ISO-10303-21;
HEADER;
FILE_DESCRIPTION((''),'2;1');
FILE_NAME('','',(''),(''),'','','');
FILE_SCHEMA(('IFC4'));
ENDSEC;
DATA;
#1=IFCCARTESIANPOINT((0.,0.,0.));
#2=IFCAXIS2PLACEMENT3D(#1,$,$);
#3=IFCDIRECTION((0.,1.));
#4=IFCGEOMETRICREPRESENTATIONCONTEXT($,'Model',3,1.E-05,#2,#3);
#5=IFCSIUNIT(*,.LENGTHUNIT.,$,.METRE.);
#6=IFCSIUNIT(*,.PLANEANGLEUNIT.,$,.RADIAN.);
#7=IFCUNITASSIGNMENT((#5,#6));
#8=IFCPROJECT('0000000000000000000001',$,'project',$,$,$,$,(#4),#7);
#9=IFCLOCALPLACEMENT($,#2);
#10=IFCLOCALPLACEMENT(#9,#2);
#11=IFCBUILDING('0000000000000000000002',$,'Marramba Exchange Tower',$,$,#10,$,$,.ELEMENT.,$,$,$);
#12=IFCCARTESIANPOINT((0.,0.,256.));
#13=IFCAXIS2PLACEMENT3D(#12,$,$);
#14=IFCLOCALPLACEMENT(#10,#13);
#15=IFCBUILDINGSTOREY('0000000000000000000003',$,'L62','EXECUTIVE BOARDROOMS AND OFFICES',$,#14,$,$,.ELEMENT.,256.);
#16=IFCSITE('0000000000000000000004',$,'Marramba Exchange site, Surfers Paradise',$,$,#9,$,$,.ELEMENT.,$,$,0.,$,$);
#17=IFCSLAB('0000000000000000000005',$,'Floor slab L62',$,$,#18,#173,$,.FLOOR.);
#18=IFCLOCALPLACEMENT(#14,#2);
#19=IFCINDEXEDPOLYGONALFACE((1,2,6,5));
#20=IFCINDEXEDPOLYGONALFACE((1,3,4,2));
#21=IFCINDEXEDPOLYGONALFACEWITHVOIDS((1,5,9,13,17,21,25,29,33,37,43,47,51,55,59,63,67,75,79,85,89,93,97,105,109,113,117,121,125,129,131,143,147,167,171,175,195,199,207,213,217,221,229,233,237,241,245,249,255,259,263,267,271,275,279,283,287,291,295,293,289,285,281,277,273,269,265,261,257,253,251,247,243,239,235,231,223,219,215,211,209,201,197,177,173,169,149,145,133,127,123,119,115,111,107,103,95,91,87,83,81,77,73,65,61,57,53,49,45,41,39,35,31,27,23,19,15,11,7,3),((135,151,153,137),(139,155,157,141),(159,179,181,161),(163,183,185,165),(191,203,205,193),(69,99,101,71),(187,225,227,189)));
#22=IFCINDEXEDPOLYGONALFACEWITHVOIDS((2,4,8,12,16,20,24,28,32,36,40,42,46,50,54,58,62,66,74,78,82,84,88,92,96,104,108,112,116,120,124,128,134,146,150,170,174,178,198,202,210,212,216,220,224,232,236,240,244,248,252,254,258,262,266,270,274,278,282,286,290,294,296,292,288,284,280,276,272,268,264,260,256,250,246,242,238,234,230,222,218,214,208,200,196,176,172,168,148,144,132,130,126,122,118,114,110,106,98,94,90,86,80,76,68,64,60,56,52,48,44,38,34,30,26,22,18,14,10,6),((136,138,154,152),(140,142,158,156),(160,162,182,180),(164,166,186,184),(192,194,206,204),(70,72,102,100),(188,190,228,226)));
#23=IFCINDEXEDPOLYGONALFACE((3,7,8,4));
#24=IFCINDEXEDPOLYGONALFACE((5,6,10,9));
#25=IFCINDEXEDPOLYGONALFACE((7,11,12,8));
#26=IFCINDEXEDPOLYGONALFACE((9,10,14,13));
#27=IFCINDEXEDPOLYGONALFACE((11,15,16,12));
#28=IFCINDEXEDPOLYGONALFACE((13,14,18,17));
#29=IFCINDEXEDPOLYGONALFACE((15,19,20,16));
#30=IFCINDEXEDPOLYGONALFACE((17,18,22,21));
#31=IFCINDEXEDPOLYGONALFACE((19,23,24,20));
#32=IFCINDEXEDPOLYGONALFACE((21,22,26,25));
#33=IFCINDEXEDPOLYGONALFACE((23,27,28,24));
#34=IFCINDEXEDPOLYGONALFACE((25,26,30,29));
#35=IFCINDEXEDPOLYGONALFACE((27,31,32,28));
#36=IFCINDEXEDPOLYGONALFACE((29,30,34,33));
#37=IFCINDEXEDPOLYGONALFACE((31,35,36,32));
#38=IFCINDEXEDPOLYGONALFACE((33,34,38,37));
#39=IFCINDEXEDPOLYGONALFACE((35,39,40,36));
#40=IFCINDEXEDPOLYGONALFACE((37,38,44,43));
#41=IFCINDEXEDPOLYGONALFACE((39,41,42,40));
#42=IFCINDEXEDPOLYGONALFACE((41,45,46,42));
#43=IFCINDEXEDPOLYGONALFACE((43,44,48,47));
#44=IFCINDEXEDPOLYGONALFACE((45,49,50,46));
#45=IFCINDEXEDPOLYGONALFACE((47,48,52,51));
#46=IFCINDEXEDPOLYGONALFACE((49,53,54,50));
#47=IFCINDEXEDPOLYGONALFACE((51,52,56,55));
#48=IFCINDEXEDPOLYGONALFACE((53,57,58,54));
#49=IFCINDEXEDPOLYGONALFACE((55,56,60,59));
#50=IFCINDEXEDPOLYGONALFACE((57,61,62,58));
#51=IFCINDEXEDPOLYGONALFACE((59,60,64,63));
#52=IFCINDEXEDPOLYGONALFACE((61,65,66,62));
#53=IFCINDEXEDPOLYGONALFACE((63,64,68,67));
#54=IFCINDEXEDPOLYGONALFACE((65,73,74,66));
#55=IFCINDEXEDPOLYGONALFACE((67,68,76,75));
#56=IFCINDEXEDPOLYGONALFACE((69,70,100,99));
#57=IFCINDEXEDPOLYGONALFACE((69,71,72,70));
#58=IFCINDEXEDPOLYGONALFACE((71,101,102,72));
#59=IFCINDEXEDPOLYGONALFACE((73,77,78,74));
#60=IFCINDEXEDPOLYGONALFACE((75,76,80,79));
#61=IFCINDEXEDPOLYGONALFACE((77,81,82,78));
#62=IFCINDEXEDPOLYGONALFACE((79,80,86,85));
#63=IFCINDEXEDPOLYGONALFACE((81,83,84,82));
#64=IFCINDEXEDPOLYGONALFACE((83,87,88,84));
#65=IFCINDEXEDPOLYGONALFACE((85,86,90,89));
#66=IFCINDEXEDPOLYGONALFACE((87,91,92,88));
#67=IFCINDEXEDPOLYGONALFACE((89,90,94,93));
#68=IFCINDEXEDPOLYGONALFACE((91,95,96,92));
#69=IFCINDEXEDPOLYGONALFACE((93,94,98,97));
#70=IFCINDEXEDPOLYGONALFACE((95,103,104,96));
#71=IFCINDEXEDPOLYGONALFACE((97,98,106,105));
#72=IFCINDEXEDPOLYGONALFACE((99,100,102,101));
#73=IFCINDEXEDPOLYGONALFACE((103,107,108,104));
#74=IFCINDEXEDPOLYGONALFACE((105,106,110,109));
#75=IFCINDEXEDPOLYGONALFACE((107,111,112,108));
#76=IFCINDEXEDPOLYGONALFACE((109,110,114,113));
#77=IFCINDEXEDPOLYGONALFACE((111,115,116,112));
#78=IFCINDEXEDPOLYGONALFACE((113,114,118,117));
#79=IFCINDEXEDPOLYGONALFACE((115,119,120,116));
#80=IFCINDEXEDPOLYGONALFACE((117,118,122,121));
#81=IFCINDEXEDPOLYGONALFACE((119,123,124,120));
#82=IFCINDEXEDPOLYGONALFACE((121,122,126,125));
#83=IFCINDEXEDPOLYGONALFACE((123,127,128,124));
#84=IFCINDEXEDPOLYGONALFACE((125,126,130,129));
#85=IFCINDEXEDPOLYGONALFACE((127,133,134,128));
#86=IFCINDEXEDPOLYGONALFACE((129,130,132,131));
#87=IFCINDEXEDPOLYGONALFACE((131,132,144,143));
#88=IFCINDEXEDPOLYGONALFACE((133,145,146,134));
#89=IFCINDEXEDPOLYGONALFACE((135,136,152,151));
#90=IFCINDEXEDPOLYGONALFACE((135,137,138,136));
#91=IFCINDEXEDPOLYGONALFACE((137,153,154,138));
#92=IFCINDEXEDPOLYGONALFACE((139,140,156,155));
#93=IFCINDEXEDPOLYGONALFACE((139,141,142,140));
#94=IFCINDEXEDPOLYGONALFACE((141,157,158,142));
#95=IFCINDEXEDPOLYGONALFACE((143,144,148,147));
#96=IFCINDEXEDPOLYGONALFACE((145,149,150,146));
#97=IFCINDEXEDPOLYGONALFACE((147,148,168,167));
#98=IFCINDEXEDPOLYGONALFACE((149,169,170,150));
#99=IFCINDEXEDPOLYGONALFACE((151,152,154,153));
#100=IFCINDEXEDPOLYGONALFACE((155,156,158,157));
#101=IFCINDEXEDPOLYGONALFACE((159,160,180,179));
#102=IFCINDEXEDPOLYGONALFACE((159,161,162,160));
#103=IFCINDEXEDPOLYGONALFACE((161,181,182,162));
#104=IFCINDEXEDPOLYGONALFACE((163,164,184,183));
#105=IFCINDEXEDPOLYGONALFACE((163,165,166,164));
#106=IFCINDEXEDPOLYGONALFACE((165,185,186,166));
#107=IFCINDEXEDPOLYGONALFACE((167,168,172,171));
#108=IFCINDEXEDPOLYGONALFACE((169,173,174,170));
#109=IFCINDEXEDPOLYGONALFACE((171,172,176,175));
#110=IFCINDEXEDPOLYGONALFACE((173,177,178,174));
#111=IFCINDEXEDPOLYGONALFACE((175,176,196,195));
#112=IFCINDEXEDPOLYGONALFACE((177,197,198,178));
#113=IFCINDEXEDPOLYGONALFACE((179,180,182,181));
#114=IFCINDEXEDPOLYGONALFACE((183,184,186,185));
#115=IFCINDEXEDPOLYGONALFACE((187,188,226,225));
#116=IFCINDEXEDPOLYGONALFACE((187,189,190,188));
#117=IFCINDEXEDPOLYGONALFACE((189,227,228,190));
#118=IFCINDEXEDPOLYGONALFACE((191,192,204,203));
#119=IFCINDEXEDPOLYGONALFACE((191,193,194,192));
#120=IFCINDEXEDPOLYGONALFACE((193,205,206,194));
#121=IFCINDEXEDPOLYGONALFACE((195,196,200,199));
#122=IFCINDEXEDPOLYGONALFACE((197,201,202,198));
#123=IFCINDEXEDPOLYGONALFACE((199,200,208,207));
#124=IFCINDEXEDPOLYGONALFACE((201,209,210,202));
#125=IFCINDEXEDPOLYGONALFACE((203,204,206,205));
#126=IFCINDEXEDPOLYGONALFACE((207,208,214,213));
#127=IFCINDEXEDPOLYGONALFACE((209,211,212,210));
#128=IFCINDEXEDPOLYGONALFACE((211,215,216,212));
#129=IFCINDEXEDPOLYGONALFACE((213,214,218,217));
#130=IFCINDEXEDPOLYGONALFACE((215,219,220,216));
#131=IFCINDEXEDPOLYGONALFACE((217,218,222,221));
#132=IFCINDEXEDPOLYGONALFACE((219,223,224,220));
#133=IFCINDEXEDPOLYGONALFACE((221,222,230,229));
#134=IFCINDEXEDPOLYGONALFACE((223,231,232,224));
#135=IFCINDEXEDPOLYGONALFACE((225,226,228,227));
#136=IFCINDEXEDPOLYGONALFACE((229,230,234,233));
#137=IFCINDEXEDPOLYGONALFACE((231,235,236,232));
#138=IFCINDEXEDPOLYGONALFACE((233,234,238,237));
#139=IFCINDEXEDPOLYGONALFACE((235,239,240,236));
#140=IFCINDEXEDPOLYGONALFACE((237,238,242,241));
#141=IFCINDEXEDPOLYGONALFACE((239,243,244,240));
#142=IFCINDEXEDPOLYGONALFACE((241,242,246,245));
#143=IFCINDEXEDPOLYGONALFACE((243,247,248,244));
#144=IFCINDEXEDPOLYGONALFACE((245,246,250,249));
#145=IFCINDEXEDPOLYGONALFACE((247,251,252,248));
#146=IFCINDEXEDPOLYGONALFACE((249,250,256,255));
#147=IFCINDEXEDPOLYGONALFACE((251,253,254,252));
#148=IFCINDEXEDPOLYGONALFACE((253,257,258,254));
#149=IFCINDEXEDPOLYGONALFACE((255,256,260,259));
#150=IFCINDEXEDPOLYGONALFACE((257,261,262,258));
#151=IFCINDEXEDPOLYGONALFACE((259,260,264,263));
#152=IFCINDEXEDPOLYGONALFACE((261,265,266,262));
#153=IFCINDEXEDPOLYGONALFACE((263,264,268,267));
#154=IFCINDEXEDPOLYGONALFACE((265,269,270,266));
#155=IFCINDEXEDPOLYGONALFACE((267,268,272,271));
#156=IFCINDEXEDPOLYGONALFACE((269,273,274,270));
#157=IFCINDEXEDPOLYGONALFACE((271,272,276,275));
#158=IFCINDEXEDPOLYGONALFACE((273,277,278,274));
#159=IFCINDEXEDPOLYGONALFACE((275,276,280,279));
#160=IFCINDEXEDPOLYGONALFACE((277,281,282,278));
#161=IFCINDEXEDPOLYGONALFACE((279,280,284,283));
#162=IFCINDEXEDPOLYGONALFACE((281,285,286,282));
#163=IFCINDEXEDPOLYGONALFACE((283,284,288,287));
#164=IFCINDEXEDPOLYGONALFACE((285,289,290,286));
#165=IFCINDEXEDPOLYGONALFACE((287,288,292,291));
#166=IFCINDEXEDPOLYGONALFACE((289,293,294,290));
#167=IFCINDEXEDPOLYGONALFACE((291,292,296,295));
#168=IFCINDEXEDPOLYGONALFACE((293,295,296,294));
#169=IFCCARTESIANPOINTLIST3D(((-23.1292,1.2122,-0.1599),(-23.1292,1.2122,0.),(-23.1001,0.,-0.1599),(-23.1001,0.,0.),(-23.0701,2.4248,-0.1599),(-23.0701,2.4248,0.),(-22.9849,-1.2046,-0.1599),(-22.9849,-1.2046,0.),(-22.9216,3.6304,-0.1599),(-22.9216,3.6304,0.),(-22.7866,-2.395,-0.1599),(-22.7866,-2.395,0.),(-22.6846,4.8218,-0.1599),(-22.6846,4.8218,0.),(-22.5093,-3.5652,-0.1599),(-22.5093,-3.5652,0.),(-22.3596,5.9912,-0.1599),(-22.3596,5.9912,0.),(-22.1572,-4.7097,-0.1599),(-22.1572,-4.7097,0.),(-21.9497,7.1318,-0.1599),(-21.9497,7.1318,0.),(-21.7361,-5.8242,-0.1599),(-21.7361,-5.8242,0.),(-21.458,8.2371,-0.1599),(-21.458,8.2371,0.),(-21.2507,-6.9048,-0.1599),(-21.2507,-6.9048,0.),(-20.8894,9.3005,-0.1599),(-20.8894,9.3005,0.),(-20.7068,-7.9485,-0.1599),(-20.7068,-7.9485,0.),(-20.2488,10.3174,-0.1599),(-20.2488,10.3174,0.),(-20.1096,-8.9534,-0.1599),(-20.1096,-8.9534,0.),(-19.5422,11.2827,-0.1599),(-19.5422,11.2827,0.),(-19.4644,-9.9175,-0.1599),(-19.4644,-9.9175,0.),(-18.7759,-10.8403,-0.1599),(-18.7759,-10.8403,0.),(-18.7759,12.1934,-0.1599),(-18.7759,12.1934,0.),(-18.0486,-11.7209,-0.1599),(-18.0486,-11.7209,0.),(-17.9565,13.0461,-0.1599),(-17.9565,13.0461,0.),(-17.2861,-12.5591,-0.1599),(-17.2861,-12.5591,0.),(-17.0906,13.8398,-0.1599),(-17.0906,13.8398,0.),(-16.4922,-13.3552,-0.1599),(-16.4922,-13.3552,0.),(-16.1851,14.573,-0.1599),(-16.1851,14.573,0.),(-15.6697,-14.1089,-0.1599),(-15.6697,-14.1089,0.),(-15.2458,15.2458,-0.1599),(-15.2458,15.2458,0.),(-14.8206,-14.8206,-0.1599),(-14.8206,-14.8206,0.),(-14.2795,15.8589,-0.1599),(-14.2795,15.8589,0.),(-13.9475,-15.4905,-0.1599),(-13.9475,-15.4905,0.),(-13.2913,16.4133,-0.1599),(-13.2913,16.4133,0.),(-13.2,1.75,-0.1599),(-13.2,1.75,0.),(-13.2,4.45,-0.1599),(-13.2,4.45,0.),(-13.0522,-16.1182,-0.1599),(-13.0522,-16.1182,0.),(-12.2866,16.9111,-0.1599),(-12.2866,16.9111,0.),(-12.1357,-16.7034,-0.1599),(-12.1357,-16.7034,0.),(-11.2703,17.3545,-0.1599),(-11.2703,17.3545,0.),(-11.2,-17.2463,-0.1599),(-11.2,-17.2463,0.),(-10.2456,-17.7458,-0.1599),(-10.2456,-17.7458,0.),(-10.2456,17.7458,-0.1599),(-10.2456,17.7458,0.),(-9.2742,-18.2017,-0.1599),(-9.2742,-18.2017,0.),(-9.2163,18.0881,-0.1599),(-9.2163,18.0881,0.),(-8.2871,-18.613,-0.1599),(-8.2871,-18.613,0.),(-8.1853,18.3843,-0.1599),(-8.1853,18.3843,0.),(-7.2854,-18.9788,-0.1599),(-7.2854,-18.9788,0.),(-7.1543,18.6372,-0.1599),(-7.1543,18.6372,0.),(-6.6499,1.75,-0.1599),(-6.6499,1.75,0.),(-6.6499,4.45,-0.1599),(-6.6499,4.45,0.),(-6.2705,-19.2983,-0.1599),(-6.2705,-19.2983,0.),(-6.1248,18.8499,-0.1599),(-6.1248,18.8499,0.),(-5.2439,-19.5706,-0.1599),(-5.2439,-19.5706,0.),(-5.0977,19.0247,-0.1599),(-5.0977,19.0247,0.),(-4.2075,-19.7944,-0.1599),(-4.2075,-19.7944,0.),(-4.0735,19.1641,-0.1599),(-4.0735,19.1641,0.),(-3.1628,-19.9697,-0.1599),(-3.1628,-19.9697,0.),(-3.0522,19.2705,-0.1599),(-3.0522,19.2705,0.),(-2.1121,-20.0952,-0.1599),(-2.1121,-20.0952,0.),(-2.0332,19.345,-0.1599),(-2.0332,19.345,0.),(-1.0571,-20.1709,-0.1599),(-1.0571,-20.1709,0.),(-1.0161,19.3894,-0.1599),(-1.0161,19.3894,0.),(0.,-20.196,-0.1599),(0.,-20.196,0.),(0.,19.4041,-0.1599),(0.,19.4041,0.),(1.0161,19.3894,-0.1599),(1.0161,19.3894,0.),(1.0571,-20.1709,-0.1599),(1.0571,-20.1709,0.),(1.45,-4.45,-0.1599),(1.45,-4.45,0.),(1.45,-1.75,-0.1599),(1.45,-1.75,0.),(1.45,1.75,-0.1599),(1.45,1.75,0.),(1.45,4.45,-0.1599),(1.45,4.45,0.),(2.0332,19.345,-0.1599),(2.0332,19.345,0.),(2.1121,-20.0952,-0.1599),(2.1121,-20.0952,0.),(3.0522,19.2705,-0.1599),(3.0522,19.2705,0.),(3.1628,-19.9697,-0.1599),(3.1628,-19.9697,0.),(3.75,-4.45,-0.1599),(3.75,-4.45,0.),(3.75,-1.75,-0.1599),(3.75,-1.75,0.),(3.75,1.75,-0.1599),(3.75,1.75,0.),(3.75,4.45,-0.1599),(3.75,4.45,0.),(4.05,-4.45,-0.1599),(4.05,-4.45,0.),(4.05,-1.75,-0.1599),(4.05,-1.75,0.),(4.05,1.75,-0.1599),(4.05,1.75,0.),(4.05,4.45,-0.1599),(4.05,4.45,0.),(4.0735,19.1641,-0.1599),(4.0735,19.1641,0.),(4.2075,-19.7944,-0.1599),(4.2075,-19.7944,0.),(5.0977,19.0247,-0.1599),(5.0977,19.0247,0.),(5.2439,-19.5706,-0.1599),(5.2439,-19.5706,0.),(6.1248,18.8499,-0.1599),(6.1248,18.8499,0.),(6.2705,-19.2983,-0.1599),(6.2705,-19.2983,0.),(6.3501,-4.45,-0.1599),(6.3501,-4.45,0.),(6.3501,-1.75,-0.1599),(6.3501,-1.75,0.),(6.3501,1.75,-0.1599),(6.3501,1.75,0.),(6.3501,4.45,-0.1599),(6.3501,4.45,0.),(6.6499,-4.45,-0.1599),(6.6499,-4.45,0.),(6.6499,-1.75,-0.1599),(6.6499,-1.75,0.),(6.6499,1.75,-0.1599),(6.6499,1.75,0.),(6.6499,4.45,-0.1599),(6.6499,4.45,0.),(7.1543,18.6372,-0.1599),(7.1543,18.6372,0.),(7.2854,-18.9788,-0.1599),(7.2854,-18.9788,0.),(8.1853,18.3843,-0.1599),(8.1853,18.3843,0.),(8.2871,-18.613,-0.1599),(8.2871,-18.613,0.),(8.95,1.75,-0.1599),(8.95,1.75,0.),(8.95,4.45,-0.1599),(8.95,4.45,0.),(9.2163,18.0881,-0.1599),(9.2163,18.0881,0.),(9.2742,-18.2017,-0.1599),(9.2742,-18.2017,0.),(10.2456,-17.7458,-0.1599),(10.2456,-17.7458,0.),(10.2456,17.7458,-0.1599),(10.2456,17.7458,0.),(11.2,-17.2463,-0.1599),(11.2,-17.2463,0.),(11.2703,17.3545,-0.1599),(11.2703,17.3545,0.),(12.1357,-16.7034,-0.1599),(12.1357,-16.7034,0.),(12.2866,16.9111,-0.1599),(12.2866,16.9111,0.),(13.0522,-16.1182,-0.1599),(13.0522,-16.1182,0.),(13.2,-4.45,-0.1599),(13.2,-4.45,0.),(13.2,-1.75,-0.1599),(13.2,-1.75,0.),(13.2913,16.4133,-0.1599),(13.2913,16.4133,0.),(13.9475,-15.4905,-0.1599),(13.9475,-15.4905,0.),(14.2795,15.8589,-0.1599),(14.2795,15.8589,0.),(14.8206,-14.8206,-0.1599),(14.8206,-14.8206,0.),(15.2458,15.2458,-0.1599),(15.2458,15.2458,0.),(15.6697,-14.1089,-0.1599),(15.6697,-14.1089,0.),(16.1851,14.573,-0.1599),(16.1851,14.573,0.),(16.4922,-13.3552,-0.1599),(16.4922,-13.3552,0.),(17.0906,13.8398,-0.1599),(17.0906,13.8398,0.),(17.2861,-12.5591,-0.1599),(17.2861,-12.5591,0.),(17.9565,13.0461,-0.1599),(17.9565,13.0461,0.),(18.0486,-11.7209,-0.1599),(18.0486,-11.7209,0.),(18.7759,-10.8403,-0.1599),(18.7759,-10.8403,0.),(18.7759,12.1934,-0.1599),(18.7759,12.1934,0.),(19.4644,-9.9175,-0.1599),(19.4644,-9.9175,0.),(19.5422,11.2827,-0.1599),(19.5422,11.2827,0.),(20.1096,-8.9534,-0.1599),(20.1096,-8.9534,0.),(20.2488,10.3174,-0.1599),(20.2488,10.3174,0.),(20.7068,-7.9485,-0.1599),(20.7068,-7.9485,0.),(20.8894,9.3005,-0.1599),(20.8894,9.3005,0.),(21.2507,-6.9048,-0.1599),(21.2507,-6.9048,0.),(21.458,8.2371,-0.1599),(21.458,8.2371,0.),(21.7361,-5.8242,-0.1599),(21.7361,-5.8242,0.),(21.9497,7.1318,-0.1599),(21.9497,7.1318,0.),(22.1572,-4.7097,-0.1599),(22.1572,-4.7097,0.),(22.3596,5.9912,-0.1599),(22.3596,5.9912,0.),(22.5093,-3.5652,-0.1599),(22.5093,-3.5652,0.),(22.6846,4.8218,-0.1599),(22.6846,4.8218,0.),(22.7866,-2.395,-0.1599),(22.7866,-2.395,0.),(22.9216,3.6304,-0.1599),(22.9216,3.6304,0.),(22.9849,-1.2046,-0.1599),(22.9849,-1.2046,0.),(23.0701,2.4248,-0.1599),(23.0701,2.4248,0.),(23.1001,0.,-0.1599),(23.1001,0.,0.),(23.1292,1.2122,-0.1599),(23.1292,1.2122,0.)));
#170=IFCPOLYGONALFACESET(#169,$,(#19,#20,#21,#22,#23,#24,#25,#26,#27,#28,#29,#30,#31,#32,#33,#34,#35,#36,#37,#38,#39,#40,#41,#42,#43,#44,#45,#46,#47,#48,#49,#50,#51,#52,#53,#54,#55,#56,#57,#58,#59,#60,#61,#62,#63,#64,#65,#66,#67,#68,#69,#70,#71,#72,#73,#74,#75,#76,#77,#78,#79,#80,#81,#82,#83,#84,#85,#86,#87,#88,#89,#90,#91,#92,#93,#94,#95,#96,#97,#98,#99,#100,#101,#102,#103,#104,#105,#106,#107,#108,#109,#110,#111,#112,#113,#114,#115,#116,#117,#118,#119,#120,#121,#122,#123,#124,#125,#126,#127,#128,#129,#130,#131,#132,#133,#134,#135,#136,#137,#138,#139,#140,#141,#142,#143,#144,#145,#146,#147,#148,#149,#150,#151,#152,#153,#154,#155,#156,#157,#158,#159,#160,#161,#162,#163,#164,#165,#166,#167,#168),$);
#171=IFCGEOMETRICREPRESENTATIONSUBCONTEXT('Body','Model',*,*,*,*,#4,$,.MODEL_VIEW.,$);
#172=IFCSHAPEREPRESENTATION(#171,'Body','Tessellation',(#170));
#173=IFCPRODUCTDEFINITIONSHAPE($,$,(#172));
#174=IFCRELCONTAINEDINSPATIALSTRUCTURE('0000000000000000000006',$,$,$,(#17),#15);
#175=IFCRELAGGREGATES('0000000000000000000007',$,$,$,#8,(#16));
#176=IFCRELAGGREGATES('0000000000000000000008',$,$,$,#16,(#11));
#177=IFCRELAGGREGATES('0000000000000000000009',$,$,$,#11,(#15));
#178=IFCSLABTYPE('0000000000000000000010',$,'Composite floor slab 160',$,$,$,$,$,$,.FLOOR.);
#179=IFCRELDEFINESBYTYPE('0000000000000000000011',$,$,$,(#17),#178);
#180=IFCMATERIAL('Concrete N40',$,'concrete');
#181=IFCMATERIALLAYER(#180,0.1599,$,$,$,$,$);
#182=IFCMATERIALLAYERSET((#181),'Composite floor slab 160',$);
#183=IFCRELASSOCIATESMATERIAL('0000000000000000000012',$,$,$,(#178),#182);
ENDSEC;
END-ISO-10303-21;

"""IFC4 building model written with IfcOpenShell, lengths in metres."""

from ifc_helpers import new_model, si_unit, direction, frame, origin, place, context, subcontext, project, spatial, polyline, outline, extrude, material, layer, layer_set, type_object, element, save


model = new_model("IFC4")

# Units and contexts
model_context = context("Model", 3, precision=1e-05, world=origin(), true_north=direction((0.0, 1.0)))
body_context = subcontext(model_context, "Body", "Model", "MODEL_VIEW")
ifc_project = project(units=[si_unit("LENGTHUNIT", "METRE"), si_unit("PLANEANGLEUNIT", "RADIAN")], contexts=[model_context])

# Site, building, storey
site_placement = place(None, origin())
site = spatial("IfcSite", under=ifc_project, at=site_placement, Name="Marramba Exchange site, Surfers Paradise", CompositionType="ELEMENT", RefElevation=0.0)
building_placement = place(site_placement, origin())
building = spatial("IfcBuilding", under=site, at=building_placement, Name="Marramba Exchange Tower", CompositionType="ELEMENT")
storey_placement = place(building_placement, frame((0.0, 0.0, 256.0)))
storey = spatial("IfcBuildingStorey", under=building, at=storey_placement, Name="L62", Description="EXECUTIVE BOARDROOMS AND OFFICES", CompositionType="ELEMENT", Elevation=256.0)

# Slab
ifc_material_1 = material(Name="Concrete N40", Category="concrete")
ifc_layer_1 = layer(ifc_material_1, 0.1599)
ifc_layer_set_1 = layer_set([ifc_layer_1], Name="Composite floor slab 160")
slab_type = type_object("IfcSlabType", Name="Composite floor slab 160", PredefinedType="FLOOR", material=ifc_layer_set_1)
slab_placement = place(storey_placement, frame((0.0, 0.0, -0.1599)))
element("IfcSlab", 1, at=slab_placement, inside=storey, type_object=slab_type, Name="Floor slab L62", PredefinedType="FLOOR", context=body_context, shape_type="SweptSolid", body=[
    extrude(outline(polyline([(23.1001, 0.0), (23.1292, 1.2122), (23.0701, 2.4248), (22.9216, 3.6304), (22.6846, 4.8218), (22.3596, 5.9912), (21.9497, 7.1318), (21.458, 8.2371), (20.8894, 9.3005), (20.2488, 10.3174), (19.5422, 11.2827), (18.7759, 12.1934), (17.9565, 13.0461), (17.0906, 13.8398), (16.1851, 14.573), (15.2458, 15.2458), (14.2795, 15.8589), (13.2913, 16.4133), (12.2866, 16.9111), (11.2703, 17.3545), (10.2456, 17.7458), (9.2163, 18.0881), (8.1853, 18.3843), (7.1543, 18.6372), (6.1248, 18.8499), (5.0977, 19.0247), (4.0735, 19.1641), (3.0522, 19.2705), (2.0332, 19.345), (1.0161, 19.3894), (0.0, 19.4041), (-1.0161, 19.3894), (-2.0332, 19.345), (-3.0522, 19.2705), (-4.0735, 19.1641), (-5.0977, 19.0247), (-6.1248, 18.8499), (-7.1543, 18.6372), (-8.1853, 18.3843), (-9.2163, 18.0881), (-10.2456, 17.7458), (-11.2703, 17.3545), (-12.2866, 16.9111), (-13.2913, 16.4133), (-14.2795, 15.8589), (-15.2458, 15.2458), (-16.1851, 14.573), (-17.0906, 13.8398), (-17.9565, 13.0461), (-18.7759, 12.1934), (-19.5422, 11.2827), (-20.2488, 10.3174), (-20.8894, 9.3005), (-21.458, 8.2371), (-21.9497, 7.1318), (-22.3596, 5.9912), (-22.6846, 4.8218), (-22.9216, 3.6304), (-23.0701, 2.4248), (-23.1292, 1.2122), (-23.1001, 0.0), (-22.9849, -1.2046), (-22.7866, -2.395), (-22.5093, -3.5652), (-22.1572, -4.7097), (-21.7361, -5.8242), (-21.2507, -6.9048), (-20.7068, -7.9485), (-20.1096, -8.9534), (-19.4644, -9.9175), (-18.7759, -10.8403), (-18.0486, -11.7209), (-17.2861, -12.5591), (-16.4922, -13.3552), (-15.6697, -14.1089), (-14.8206, -14.8206), (-13.9475, -15.4905), (-13.0522, -16.1182), (-12.1357, -16.7034), (-11.2, -17.2463), (-10.2456, -17.7458), (-9.2742, -18.2017), (-8.2871, -18.613), (-7.2854, -18.9788), (-6.2705, -19.2983), (-5.2439, -19.5706), (-4.2075, -19.7944), (-3.1628, -19.9697), (-2.1121, -20.0952), (-1.0571, -20.1709), (0.0, -20.196), (1.0571, -20.1709), (2.1121, -20.0952), (3.1628, -19.9697), (4.2075, -19.7944), (5.2439, -19.5706), (6.2705, -19.2983), (7.2854, -18.9788), (8.2871, -18.613), (9.2742, -18.2017), (10.2456, -17.7458), (11.2, -17.2463), (12.1357, -16.7034), (13.0522, -16.1182), (13.9475, -15.4905), (14.8206, -14.8206), (15.6697, -14.1089), (16.4922, -13.3552), (17.2861, -12.5591), (18.0486, -11.7209), (18.7759, -10.8403), (19.4644, -9.9175), (20.1096, -8.9534), (20.7068, -7.9485), (21.2507, -6.9048), (21.7361, -5.8242), (22.1572, -4.7097), (22.5093, -3.5652), (22.7866, -2.395), (22.9849, -1.2046), (23.1001, 0.0)]), holes=[polyline([(1.45, 1.75), (3.75, 1.75), (3.75, 4.45), (1.45, 4.45), (1.45, 1.75)]), polyline([(4.05, 1.75), (6.3501, 1.75), (6.3501, 4.45), (4.05, 4.45), (4.05, 1.75)]), polyline([(1.45, -4.45), (3.75, -4.45), (3.75, -1.75), (1.45, -1.75), (1.45, -4.45)]), polyline([(4.05, -4.45), (6.3501, -4.45), (6.3501, -1.75), (4.05, -1.75), (4.05, -4.45)]), polyline([(6.6499, 1.75), (8.95, 1.75), (8.95, 4.45), (6.6499, 4.45), (6.6499, 1.75)]), polyline([(-13.2, 1.75), (-6.6499, 1.75), (-6.6499, 4.45), (-13.2, 4.45), (-13.2, 1.75)]), polyline([(6.6499, -4.45), (13.2, -4.45), (13.2, -1.75), (6.6499, -1.75), (6.6499, -4.45)])]), origin(), (0.0, 0.0, 1.0), 0.1599),
])

save(model, "model.ifc")
